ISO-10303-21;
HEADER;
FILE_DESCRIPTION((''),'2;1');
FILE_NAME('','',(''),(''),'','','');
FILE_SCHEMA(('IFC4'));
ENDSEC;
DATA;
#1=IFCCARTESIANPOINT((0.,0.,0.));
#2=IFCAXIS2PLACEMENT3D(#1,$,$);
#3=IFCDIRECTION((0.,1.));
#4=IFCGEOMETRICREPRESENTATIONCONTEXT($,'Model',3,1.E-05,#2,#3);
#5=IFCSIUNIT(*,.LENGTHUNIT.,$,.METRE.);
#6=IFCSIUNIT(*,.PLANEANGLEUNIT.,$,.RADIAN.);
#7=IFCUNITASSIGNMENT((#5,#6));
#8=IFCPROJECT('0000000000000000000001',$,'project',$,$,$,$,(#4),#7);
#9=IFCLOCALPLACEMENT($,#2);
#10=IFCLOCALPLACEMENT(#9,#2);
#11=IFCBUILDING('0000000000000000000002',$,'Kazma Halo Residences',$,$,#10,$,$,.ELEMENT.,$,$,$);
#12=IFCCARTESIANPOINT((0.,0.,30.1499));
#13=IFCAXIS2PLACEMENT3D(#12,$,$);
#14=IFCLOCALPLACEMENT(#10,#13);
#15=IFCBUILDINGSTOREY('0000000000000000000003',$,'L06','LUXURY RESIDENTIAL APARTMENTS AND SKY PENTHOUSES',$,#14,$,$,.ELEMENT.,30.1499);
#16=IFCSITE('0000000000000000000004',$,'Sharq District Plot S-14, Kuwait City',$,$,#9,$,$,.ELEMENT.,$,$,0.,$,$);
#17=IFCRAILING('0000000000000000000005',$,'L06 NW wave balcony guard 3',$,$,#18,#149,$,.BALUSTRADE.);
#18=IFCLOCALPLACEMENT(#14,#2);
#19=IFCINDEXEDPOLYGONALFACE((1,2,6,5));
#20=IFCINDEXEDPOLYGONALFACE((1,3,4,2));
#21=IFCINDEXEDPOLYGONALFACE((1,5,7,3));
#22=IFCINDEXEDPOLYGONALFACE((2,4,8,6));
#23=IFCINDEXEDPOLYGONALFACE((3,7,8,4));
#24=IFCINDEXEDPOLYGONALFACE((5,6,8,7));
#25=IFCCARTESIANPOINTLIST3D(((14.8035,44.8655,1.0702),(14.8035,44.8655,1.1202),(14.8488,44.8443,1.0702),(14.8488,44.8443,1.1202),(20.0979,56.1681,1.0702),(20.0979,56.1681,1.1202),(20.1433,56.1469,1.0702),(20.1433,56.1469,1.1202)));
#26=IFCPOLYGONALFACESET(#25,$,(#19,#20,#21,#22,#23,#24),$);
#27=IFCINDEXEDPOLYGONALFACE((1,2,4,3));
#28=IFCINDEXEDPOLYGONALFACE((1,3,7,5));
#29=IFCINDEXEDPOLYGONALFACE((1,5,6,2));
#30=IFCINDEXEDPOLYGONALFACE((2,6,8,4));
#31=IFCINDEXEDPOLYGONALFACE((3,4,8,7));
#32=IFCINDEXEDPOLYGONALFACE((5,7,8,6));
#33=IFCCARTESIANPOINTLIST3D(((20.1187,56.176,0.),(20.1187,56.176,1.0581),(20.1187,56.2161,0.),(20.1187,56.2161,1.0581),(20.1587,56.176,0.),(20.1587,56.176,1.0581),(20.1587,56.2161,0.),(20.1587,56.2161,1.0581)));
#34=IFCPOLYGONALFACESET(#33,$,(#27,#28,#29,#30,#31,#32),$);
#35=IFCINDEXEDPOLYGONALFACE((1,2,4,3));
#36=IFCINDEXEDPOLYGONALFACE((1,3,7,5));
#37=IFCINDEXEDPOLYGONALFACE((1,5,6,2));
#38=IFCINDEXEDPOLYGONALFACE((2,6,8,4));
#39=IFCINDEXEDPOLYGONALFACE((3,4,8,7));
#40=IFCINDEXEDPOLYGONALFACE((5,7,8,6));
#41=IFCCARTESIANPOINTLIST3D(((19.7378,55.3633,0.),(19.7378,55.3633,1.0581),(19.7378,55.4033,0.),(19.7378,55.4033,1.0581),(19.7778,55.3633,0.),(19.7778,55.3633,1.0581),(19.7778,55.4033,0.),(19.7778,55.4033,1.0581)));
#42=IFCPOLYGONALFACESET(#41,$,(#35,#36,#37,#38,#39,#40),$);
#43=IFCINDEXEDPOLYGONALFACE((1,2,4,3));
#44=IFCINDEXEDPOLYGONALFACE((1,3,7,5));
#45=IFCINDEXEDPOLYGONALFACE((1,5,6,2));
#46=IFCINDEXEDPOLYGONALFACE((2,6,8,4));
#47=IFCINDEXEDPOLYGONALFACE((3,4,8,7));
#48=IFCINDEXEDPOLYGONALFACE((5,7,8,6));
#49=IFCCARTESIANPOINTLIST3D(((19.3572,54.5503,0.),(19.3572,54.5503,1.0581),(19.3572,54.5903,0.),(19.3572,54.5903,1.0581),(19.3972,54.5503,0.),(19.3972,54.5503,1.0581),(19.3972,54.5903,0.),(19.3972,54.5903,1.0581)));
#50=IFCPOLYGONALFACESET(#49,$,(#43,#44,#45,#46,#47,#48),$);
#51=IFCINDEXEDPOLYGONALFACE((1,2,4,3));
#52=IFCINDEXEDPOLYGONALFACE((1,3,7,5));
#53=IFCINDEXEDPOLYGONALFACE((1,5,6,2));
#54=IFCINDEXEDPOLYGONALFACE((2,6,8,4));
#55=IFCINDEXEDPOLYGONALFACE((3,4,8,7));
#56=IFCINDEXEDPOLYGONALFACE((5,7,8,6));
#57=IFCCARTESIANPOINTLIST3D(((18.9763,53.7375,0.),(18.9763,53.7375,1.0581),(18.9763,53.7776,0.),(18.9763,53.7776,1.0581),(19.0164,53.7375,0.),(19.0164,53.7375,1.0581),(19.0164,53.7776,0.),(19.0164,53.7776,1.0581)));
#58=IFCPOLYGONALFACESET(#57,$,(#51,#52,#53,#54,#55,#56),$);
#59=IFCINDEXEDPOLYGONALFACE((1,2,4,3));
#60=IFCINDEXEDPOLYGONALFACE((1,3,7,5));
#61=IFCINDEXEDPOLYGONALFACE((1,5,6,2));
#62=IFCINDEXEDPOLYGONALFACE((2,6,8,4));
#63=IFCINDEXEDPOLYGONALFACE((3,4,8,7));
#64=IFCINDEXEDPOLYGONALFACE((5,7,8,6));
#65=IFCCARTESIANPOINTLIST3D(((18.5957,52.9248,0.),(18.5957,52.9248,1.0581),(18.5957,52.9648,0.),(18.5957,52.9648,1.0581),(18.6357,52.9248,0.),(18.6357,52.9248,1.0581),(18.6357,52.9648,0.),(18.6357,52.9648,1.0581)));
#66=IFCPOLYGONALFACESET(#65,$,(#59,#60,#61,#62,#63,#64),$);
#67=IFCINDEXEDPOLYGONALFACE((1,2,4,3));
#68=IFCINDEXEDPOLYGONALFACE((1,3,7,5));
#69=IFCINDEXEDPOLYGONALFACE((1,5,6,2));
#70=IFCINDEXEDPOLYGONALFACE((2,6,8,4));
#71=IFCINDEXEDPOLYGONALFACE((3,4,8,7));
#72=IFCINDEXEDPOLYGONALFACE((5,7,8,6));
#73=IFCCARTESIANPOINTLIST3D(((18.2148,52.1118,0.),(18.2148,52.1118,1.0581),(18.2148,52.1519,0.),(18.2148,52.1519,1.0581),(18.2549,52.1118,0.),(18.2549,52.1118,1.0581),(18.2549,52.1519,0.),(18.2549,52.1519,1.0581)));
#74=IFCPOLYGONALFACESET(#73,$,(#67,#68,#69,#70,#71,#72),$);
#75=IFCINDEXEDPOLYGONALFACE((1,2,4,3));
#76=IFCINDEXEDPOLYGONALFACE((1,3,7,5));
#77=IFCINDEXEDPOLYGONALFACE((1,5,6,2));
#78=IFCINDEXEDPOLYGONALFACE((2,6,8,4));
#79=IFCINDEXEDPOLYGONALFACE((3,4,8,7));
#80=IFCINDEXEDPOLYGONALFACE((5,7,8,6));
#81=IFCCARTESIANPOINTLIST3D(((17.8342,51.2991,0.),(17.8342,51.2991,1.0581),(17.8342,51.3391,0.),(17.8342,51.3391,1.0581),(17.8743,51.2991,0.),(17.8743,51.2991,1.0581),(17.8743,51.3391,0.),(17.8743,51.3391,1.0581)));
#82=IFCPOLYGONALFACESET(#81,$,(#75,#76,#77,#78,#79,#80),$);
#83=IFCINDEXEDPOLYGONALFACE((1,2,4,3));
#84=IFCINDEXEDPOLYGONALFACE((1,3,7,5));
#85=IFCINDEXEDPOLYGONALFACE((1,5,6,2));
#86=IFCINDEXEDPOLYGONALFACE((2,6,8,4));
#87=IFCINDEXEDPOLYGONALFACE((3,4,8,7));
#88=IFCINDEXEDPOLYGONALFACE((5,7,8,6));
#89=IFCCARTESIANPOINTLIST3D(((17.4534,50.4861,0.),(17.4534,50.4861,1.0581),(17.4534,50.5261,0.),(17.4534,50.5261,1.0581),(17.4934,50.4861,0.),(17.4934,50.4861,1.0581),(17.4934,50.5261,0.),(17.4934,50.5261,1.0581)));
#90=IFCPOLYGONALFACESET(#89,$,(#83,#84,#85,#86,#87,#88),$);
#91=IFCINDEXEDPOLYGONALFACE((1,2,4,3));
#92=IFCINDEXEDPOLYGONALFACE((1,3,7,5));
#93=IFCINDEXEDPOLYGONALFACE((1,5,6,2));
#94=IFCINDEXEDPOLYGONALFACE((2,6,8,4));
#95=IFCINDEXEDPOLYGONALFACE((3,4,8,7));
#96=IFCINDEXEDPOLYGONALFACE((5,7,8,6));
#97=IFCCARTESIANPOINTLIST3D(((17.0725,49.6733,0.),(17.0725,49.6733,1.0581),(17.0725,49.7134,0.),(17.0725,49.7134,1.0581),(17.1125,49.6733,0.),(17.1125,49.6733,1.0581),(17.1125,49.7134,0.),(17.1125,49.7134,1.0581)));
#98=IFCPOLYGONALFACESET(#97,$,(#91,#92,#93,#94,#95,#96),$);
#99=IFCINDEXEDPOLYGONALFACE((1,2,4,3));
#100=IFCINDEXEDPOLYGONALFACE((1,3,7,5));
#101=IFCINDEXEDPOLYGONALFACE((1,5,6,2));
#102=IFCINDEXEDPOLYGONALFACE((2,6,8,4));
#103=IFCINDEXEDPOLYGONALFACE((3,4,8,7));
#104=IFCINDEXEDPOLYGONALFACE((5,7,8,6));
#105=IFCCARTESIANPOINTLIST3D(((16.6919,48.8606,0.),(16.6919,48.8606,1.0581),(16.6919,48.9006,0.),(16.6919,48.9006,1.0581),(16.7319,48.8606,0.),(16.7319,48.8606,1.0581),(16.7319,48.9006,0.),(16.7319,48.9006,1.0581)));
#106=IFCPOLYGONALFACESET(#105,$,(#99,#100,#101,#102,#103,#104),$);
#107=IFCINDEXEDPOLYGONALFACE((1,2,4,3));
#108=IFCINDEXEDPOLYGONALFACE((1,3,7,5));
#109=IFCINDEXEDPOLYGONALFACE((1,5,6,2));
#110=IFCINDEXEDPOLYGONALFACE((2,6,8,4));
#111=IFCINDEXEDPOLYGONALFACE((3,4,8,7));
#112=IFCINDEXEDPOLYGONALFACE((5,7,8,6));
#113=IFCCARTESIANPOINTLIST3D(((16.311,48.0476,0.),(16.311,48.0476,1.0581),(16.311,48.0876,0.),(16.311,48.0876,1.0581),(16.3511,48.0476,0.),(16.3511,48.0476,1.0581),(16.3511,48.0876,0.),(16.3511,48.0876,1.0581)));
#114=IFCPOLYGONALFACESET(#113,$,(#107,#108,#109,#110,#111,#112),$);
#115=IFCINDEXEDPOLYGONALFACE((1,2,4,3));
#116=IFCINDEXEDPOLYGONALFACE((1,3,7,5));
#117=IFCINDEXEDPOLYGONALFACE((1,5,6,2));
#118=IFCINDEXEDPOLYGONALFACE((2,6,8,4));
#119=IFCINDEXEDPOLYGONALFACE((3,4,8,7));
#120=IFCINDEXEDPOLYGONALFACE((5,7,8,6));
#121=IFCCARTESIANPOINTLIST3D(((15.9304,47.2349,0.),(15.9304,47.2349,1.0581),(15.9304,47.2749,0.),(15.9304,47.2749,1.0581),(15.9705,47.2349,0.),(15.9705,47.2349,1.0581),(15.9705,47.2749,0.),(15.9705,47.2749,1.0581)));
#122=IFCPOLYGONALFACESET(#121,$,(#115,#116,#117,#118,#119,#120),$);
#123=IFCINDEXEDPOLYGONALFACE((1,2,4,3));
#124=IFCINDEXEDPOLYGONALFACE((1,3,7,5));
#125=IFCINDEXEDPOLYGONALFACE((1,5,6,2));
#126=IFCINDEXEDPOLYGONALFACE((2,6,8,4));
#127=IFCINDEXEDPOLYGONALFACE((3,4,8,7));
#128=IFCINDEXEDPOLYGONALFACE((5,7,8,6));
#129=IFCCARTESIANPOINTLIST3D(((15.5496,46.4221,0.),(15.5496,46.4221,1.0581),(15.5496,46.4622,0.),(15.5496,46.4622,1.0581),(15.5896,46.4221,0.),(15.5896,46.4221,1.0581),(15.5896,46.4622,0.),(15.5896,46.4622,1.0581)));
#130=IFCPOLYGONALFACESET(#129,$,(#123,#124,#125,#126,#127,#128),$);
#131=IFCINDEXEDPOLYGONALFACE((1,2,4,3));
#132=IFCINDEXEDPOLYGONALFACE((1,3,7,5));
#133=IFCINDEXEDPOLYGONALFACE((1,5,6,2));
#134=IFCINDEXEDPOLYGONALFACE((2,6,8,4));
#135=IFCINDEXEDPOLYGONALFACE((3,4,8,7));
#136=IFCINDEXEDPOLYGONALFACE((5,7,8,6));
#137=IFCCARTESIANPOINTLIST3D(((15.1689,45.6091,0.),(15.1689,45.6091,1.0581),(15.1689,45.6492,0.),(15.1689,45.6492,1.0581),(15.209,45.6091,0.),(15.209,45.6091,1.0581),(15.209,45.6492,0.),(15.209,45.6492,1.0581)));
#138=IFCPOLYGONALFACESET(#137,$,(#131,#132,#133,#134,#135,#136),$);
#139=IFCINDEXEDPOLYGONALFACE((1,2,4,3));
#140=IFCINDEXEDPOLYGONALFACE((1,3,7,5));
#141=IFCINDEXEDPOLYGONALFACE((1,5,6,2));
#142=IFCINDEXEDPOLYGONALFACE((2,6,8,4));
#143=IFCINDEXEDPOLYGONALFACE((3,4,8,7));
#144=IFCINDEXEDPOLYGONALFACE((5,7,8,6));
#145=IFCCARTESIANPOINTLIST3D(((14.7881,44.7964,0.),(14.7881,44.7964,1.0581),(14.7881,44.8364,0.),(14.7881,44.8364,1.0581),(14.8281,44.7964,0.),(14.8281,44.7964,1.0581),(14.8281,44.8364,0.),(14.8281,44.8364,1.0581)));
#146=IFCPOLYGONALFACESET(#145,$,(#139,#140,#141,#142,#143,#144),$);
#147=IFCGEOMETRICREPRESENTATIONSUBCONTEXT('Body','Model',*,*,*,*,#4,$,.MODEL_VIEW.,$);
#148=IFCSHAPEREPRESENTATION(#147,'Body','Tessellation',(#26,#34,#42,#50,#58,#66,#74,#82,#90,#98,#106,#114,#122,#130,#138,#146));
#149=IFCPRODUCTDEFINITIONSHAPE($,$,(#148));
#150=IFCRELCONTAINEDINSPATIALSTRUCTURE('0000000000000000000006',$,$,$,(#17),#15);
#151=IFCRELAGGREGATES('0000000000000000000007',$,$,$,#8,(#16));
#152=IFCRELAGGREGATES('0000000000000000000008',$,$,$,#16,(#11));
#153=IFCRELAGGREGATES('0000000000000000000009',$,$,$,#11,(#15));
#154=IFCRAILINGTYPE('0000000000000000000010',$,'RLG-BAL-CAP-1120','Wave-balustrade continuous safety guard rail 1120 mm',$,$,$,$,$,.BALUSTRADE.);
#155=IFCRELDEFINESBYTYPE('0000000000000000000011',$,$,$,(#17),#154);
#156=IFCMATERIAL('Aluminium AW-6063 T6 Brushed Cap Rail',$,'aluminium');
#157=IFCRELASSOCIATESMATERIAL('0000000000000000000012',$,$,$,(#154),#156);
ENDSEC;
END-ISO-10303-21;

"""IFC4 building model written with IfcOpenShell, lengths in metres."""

from ifc_helpers import new_model, si_unit, direction, frame, origin, origin_2d, place, context, subcontext, project, spatial, rectangle, extrude, material, type_object, element, save


model = new_model("IFC4")

# Units and contexts
model_context = context("Model", 3, precision=1e-05, world=origin(), true_north=direction((0.0, 1.0)))
body_context = subcontext(model_context, "Body", "Model", "MODEL_VIEW")
ifc_project = project(units=[si_unit("LENGTHUNIT", "METRE"), si_unit("PLANEANGLEUNIT", "RADIAN")], contexts=[model_context])

# Site, building, storey
site_placement = place(None, origin())
site = spatial("IfcSite", under=ifc_project, at=site_placement, Name="Sharq District Plot S-14, Kuwait City", CompositionType="ELEMENT", RefElevation=0.0)
building_placement = place(site_placement, origin())
building = spatial("IfcBuilding", under=site, at=building_placement, Name="Kazma Halo Residences", CompositionType="ELEMENT")
storey_placement = place(building_placement, frame((0.0, 0.0, 30.1499)))
storey = spatial("IfcBuildingStorey", under=building, at=storey_placement, Name="L06", Description="LUXURY RESIDENTIAL APARTMENTS AND SKY PENTHOUSES", CompositionType="ELEMENT", Elevation=30.1499)

# Railing
ifc_material_1 = material(Name="Aluminium AW-6063 T6 Brushed Cap Rail", Category="aluminium")
railing_type = type_object("IfcRailingType", Name="RLG-BAL-CAP-1120", Description="Wave-balustrade continuous safety guard rail 1120 mm", PredefinedType="BALUSTRADE", material=ifc_material_1)
railing_1_placement = place(storey_placement, frame((20.1387, 56.196, 0.0)))
element("IfcRailing", 1, at=railing_1_placement, inside=storey, type_object=railing_type, Name="L06 NW wave balcony guard 3", PredefinedType="BALUSTRADE", context=body_context, shape_type="SweptSolid", body=[
    extrude(rectangle(XDim=0.05, YDim=0.05, at=origin_2d()), frame((-0.0181, -0.0386, 1.0952), z_axis=(-0.424196, -0.90557, 0.0), x_axis=(0.90557, -0.424196, 0.0)), (0.0, 0.0, 1.0), 12.4812),
    extrude(rectangle(XDim=0.04, YDim=0.04, at=origin_2d()), origin(), (0.0, 0.0, 1.0), 1.0581),
    extrude(rectangle(XDim=0.04, YDim=0.04, at=origin_2d()), frame((-0.3809, -0.8127, 0.0)), (0.0, 0.0, 1.0), 1.0581),
    extrude(rectangle(XDim=0.04, YDim=0.04, at=origin_2d()), frame((-0.7615, -1.6257, 0.0)), (0.0, 0.0, 1.0), 1.0581),
    extrude(rectangle(XDim=0.04, YDim=0.04, at=origin_2d()), frame((-1.1423, -2.4385, 0.0)), (0.0, 0.0, 1.0), 1.0581),
    extrude(rectangle(XDim=0.04, YDim=0.04, at=origin_2d()), frame((-1.5229, -3.2512, 0.0)), (0.0, 0.0, 1.0), 1.0581),
    extrude(rectangle(XDim=0.04, YDim=0.04, at=origin_2d()), frame((-1.9038, -4.0642, 0.0)), (0.0, 0.0, 1.0), 1.0581),
    extrude(rectangle(XDim=0.04, YDim=0.04, at=origin_2d()), frame((-2.2844, -4.877, 0.0)), (0.0, 0.0, 1.0), 1.0581),
    extrude(rectangle(XDim=0.04, YDim=0.04, at=origin_2d()), frame((-2.6653, -5.6899, 0.0)), (0.0, 0.0, 1.0), 1.0581),
    extrude(rectangle(XDim=0.04, YDim=0.04, at=origin_2d()), frame((-3.0461, -6.5027, 0.0)), (0.0, 0.0, 1.0), 1.0581),
    extrude(rectangle(XDim=0.04, YDim=0.04, at=origin_2d()), frame((-3.4268, -7.3154, 0.0)), (0.0, 0.0, 1.0), 1.0581),
    extrude(rectangle(XDim=0.04, YDim=0.04, at=origin_2d()), frame((-3.8076, -8.1284, 0.0)), (0.0, 0.0, 1.0), 1.0581),
    extrude(rectangle(XDim=0.04, YDim=0.04, at=origin_2d()), frame((-4.1882, -8.9412, 0.0)), (0.0, 0.0, 1.0), 1.0581),
    extrude(rectangle(XDim=0.04, YDim=0.04, at=origin_2d()), frame((-4.5691, -9.7539, 0.0)), (0.0, 0.0, 1.0), 1.0581),
    extrude(rectangle(XDim=0.04, YDim=0.04, at=origin_2d()), frame((-4.9497, -10.5669, 0.0)), (0.0, 0.0, 1.0), 1.0581),
    extrude(rectangle(XDim=0.04, YDim=0.04, at=origin_2d()), frame((-5.3306, -11.3796, 0.0)), (0.0, 0.0, 1.0), 1.0581),
])

save(model, "model.ifc")
